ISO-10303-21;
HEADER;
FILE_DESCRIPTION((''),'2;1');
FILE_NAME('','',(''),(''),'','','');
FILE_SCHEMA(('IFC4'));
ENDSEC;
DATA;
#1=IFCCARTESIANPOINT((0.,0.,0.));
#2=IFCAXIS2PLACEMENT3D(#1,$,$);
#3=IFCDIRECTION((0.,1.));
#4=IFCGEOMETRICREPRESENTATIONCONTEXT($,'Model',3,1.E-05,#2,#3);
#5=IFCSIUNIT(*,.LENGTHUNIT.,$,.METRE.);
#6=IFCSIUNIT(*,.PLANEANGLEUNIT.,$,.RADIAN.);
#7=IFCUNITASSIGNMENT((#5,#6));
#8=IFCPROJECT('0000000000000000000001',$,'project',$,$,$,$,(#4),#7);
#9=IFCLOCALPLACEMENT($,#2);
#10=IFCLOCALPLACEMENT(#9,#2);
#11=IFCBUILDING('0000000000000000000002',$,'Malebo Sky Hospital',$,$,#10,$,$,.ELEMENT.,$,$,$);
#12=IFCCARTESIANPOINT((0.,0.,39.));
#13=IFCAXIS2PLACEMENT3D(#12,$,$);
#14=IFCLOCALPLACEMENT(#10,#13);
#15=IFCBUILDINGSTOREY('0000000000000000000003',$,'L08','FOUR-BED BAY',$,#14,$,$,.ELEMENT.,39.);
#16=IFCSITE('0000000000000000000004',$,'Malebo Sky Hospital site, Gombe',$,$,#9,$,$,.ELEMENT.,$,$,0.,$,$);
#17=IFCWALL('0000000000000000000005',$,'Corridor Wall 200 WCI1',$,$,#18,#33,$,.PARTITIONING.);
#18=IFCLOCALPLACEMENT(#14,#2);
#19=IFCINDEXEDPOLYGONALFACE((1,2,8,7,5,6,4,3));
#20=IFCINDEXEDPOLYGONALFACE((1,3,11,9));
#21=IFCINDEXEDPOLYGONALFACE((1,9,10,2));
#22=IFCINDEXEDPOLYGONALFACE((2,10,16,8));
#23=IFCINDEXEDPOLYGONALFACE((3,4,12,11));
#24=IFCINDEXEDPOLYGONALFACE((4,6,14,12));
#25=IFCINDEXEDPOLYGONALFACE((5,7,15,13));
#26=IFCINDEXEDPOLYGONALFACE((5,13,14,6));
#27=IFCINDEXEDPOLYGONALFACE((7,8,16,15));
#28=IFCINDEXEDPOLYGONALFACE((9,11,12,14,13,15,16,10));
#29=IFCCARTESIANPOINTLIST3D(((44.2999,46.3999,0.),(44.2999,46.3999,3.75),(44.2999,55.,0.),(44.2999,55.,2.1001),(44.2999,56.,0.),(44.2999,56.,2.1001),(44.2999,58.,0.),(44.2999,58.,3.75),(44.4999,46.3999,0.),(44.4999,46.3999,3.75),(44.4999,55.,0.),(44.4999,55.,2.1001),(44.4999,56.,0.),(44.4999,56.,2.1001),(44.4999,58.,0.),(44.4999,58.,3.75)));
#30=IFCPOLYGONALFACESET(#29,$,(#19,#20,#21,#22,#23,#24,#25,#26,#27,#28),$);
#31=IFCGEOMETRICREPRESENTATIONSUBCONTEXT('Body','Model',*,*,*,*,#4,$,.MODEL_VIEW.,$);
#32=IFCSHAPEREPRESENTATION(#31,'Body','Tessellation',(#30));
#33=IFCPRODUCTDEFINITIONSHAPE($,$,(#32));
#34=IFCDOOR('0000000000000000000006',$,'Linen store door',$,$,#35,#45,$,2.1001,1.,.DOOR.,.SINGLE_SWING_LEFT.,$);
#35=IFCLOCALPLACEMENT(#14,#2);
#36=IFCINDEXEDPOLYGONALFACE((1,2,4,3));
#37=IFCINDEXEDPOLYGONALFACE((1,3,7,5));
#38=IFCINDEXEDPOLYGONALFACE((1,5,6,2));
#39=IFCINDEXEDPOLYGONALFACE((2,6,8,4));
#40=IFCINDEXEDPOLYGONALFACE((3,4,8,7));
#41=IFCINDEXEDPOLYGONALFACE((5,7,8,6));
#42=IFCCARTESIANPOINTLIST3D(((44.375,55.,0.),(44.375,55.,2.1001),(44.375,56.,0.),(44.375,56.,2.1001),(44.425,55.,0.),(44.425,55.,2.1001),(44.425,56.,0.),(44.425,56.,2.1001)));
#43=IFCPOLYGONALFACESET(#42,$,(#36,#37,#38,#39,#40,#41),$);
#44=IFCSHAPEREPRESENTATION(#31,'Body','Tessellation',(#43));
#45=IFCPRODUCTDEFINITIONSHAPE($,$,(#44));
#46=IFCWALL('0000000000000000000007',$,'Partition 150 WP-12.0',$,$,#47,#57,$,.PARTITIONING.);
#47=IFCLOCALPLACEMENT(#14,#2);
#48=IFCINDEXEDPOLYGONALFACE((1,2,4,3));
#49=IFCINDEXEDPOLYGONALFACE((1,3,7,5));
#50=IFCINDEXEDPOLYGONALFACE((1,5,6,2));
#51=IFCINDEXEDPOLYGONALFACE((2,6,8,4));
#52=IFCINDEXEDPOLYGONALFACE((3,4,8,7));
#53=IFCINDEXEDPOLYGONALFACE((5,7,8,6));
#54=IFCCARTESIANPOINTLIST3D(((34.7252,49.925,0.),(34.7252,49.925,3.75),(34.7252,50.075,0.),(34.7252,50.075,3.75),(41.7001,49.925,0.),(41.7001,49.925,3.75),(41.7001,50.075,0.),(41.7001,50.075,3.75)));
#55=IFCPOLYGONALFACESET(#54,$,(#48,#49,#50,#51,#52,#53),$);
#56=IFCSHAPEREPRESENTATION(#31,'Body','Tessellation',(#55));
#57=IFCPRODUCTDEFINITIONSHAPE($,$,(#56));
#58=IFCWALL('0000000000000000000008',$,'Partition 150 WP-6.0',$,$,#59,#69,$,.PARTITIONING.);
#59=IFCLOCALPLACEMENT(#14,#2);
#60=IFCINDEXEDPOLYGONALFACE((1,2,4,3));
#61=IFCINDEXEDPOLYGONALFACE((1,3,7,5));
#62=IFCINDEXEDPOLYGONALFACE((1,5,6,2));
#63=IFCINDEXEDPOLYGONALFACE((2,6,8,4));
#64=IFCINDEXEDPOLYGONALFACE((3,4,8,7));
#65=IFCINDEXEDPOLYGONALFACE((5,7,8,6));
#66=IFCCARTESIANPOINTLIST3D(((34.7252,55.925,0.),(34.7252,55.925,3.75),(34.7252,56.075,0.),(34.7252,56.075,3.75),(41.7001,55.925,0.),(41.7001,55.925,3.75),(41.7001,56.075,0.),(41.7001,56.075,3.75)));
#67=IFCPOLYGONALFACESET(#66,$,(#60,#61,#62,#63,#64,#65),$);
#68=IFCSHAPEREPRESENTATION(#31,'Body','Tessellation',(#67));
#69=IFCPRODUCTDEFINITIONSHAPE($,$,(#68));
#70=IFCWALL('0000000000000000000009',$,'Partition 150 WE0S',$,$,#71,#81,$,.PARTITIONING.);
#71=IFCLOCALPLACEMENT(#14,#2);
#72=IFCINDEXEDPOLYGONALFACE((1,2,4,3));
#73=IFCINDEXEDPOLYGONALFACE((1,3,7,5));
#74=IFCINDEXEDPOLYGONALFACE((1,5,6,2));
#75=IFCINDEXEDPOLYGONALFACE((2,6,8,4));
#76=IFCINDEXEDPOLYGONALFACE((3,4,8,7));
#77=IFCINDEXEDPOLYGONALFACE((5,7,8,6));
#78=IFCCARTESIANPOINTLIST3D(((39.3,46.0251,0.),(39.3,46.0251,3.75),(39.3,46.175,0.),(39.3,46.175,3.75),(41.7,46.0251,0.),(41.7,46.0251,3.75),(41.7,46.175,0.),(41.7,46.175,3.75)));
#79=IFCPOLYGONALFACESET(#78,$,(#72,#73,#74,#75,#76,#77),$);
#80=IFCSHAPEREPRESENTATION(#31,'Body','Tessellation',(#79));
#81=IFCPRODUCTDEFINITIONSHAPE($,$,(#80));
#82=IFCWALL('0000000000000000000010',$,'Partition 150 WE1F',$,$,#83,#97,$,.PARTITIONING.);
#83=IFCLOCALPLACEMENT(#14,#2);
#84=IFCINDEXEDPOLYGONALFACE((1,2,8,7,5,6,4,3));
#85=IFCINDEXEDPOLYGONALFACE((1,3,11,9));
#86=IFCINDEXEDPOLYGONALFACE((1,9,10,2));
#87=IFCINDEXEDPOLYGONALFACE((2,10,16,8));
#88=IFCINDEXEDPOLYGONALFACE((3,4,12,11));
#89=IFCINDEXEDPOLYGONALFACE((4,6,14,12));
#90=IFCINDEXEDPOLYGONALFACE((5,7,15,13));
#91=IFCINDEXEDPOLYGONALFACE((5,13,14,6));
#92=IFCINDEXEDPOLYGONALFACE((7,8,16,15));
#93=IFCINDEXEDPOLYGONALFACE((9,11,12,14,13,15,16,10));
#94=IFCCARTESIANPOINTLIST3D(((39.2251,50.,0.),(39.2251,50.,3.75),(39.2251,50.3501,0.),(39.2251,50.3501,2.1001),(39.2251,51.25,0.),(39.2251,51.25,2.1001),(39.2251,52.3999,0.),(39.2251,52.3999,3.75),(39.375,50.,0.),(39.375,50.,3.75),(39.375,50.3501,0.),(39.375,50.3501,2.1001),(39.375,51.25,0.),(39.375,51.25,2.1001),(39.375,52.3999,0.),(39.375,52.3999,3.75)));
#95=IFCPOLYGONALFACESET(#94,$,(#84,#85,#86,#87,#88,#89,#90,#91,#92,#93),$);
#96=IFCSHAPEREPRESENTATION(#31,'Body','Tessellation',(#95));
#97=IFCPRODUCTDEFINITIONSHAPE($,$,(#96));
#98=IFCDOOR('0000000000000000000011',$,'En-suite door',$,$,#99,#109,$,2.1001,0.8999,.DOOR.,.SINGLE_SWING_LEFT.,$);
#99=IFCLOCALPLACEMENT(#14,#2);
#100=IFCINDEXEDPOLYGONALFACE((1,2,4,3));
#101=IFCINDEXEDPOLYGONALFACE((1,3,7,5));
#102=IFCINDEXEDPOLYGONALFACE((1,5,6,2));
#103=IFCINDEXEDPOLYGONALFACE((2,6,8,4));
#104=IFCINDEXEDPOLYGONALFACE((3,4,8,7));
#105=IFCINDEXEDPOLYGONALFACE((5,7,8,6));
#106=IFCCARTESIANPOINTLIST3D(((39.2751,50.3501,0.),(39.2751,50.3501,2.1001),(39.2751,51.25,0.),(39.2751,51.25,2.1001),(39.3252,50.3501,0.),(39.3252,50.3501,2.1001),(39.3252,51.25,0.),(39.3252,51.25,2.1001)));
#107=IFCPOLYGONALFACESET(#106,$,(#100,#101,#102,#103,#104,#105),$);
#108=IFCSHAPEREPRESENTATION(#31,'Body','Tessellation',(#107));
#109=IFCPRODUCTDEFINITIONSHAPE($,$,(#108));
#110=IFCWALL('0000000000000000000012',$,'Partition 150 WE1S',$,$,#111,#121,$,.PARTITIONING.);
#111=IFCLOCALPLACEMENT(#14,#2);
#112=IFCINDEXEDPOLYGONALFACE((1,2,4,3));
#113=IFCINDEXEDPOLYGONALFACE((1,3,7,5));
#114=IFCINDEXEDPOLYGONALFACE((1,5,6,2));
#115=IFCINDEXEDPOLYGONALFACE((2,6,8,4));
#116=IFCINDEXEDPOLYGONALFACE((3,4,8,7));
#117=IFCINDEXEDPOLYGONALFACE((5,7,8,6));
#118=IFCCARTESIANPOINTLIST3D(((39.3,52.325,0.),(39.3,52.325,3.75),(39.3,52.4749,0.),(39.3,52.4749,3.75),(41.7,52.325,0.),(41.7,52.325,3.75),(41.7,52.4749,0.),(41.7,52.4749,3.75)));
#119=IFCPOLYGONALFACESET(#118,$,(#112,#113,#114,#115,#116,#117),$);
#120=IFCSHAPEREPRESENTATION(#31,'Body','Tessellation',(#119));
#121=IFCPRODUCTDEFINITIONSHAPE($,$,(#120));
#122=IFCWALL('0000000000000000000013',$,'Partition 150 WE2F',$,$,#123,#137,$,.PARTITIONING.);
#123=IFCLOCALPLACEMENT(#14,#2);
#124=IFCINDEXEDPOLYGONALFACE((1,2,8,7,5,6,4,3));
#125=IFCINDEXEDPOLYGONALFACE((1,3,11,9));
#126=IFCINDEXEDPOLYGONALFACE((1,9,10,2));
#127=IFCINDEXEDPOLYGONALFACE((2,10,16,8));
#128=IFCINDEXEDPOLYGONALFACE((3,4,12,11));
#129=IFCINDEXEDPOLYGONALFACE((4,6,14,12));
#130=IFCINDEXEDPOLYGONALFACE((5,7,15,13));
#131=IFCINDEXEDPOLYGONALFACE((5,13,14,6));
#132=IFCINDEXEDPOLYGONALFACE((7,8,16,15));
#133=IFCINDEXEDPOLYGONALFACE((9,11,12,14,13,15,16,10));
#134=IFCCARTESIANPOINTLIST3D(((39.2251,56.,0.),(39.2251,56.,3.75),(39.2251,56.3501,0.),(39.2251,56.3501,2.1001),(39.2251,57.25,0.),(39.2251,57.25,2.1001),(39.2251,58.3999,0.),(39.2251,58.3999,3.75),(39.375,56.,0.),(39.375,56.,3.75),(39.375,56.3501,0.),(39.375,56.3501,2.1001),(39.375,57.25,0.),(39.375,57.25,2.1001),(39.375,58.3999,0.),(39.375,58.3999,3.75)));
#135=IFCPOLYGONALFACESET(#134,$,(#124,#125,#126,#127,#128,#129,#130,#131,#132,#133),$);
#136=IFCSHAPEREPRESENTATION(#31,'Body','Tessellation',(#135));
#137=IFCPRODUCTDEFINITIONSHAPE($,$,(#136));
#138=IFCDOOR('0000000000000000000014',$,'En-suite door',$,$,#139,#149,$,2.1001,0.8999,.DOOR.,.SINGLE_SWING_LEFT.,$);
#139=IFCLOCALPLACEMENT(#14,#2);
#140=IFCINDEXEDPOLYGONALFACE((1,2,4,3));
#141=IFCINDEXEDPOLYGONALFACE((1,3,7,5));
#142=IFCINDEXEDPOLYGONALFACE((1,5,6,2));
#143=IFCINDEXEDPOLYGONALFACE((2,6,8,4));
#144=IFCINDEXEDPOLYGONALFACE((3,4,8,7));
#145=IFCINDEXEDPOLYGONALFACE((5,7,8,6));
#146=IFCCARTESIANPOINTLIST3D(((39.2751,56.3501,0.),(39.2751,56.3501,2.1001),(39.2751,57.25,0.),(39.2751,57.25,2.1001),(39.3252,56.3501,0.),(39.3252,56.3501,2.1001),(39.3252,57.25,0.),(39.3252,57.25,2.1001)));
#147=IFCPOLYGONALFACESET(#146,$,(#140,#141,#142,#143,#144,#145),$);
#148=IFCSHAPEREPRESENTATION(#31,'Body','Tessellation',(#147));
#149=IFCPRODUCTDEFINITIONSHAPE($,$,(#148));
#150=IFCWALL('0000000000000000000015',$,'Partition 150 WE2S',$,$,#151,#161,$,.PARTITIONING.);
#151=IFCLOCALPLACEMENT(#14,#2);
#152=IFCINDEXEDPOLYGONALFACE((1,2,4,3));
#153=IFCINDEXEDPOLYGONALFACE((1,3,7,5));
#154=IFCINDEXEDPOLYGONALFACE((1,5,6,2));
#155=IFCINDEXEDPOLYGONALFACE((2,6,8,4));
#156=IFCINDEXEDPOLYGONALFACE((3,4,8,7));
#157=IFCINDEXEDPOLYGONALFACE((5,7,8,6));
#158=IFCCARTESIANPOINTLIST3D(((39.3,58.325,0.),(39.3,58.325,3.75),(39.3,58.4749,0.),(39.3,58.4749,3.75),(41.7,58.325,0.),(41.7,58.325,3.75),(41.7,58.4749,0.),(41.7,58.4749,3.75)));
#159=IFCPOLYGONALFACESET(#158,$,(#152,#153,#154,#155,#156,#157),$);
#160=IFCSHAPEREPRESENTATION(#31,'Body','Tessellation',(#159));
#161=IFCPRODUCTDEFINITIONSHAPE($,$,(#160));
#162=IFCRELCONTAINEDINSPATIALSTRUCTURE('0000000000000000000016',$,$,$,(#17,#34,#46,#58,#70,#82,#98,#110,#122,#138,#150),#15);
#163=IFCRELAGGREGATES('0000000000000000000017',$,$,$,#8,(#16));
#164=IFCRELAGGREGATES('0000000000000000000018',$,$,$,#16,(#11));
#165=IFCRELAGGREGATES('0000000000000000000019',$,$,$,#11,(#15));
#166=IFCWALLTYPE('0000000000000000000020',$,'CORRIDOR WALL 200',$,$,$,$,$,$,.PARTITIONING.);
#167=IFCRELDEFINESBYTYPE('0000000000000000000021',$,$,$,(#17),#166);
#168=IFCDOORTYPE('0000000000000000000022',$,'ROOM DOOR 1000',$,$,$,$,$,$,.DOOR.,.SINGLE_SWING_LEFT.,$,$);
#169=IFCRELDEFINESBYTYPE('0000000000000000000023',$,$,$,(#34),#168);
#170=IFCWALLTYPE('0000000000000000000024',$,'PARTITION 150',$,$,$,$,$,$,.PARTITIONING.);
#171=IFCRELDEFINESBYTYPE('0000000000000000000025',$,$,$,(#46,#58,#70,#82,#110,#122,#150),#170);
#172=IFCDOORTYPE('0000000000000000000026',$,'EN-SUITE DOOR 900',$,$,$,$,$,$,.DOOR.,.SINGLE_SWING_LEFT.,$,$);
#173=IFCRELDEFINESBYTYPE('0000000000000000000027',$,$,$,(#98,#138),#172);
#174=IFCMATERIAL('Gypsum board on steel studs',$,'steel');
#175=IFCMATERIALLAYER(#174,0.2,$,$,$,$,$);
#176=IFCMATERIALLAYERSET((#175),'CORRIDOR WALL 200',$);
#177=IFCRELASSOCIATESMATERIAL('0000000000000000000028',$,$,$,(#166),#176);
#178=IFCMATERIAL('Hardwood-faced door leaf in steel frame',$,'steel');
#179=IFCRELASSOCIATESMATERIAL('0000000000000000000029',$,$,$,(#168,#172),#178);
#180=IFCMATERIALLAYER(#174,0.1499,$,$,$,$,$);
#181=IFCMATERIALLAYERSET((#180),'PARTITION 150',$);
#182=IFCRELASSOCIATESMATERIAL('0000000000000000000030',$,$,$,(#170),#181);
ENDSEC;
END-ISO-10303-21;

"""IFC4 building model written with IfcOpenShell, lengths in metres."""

from ifc_helpers import new_model, si_unit, direction, frame, frame_2d, origin, place, context, subcontext, project, spatial, rectangle, extrude, material, layer, layer_set, type_object, element, fill, save


model = new_model("IFC4")

# Units and contexts
model_context = context("Model", 3, precision=1e-05, world=origin(), true_north=direction((0.0, 1.0)))
body_context = subcontext(model_context, "Body", "Model", "MODEL_VIEW")
ifc_project = project(units=[si_unit("LENGTHUNIT", "METRE"), si_unit("PLANEANGLEUNIT", "RADIAN")], contexts=[model_context])

# Site, building, storey
site_placement = place(None, origin())
site = spatial("IfcSite", under=ifc_project, at=site_placement, Name="Malebo Sky Hospital site, Gombe", CompositionType="ELEMENT", RefElevation=0.0)
building_placement = place(site_placement, origin())
building = spatial("IfcBuilding", under=site, at=building_placement, Name="Malebo Sky Hospital", CompositionType="ELEMENT")
storey_placement = place(building_placement, frame((0.0, 0.0, 39.0)))
storey = spatial("IfcBuildingStorey", under=building, at=storey_placement, Name="L08", Description="FOUR-BED BAY", CompositionType="ELEMENT", Elevation=39.0)

# Wall, opening, door
ifc_material_1 = material(Name="Gypsum board on steel studs", Category="steel")
ifc_layer_1 = layer(ifc_material_1, 0.2)
ifc_layer_set_1 = layer_set([ifc_layer_1], Name="CORRIDOR WALL 200")
wall_type_1 = type_object("IfcWallType", Name="CORRIDOR WALL 200", PredefinedType="PARTITIONING", material=ifc_layer_set_1)
wall_1_placement = place(storey_placement, frame((44.3999, 46.3999, 0.0), z_axis=(0.0, 0.0, 1.0), x_axis=(0.0, 1.0, 0.0)))
wall_1 = element("IfcWall", 1, at=wall_1_placement, inside=storey, type_object=wall_type_1, Name="Corridor Wall 200 WCI1", PredefinedType="PARTITIONING", context=body_context, shape_type="SweptSolid", body=[
    extrude(rectangle(XDim=11.6001, YDim=0.2, at=frame_2d((5.8, 0.0))), origin(), (0.0, 0.0, 1.0), 3.75),
])
opening_1_placement = place(wall_1_placement, frame((8.6001, 0.0, 0.0)))
opening_1 = element("IfcOpeningElement", 2, at=opening_1_placement, cuts=wall_1, PredefinedType="OPENING", context=body_context, shape_type="SweptSolid", body=[
    extrude(rectangle(XDim=1.0, YDim=2.1001, at=frame_2d((0.5, 1.05))), frame((0.0, 0.1099, 0.0), z_axis=(0.0, -1.0, 0.0), x_axis=(1.0, 0.0, 0.0)), (0.0, 0.0, 1.0), 0.22),
])
ifc_material_2 = material(Name="Hardwood-faced door leaf in steel frame", Category="steel")
door_type_1 = type_object("IfcDoorType", Name="ROOM DOOR 1000", OperationType="SINGLE_SWING_LEFT", PredefinedType="DOOR", material=ifc_material_2)
door_1_placement = place(opening_1_placement, origin())
door_1 = element("IfcDoor", 3, at=door_1_placement, inside=storey, type_object=door_type_1, Name="Linen store door", OperationType="SINGLE_SWING_LEFT", OverallHeight=2.1001, OverallWidth=1.0, PredefinedType="DOOR", context=body_context, shape_type="SweptSolid", body=[
    extrude(rectangle(XDim=1.0, YDim=2.1001, at=frame_2d((0.5, 1.05))), frame((0.0, 0.0249, 0.0), z_axis=(0.0, -1.0, 0.0), x_axis=(1.0, 0.0, 0.0)), (0.0, 0.0, 1.0), 0.05),
])
fill(opening_1, door_1)

# Walls
ifc_layer_2 = layer(ifc_material_1, 0.1499)
ifc_layer_set_2 = layer_set([ifc_layer_2], Name="PARTITION 150")
wall_type_2 = type_object("IfcWallType", Name="PARTITION 150", PredefinedType="PARTITIONING", material=ifc_layer_set_2)
for number, where, z_axis, x_axis, name in (
    (4, (41.7, 50.0, 0.0), (0.0, 0.0, 1.0), (-1.0, 0.0, 0.0), "Partition 150 WP-12.0"),
    (5, (41.7, 56.0, 0.0), (0.0, 0.0, 1.0), (-1.0, 0.0, 0.0), "Partition 150 WP-6.0"),
):
    element("IfcWall", number, at=place(storey_placement, frame(where, z_axis=z_axis, x_axis=x_axis)), inside=storey, type_object=wall_type_2, Name=name, PredefinedType="PARTITIONING", context=body_context, shape_type="SweptSolid", body=[
        extrude(rectangle(XDim=6.9749, YDim=0.1499, at=frame_2d((3.4873, 0.0))), origin(), (0.0, 0.0, 1.0), 3.75),
    ])
wall_2_placement = place(storey_placement, frame((41.7, 46.1001, 0.0), z_axis=(0.0, 0.0, 1.0), x_axis=(-1.0, 0.0, 0.0)))
element("IfcWall", 6, at=wall_2_placement, inside=storey, type_object=wall_type_2, Name="Partition 150 WE0S", PredefinedType="PARTITIONING", context=body_context, shape_type="SweptSolid", body=[
    extrude(rectangle(XDim=2.3999, YDim=0.1499, at=frame_2d((1.2, 0.0))), origin(), (0.0, 0.0, 1.0), 3.75),
])

# Wall, opening, door
wall_3_placement = place(storey_placement, frame((39.3, 50.0, 0.0), z_axis=(0.0, 0.0, 1.0), x_axis=(0.0, 1.0, 0.0)))
wall_3 = element("IfcWall", 7, at=wall_3_placement, inside=storey, type_object=wall_type_2, Name="Partition 150 WE1F", PredefinedType="PARTITIONING", context=body_context, shape_type="SweptSolid", body=[
    extrude(rectangle(XDim=2.3999, YDim=0.1499, at=frame_2d((1.2, 0.0))), origin(), (0.0, 0.0, 1.0), 3.75),
])
opening_2_placement = place(wall_3_placement, frame((0.3501, 0.0, 0.0)))
opening_2 = element("IfcOpeningElement", 8, at=opening_2_placement, cuts=wall_3, PredefinedType="OPENING", context=body_context, shape_type="SweptSolid", body=[
    extrude(rectangle(XDim=0.8999, YDim=2.1001, at=frame_2d((0.45, 1.05))), frame((0.0, 0.085, 0.0), z_axis=(0.0, -1.0, 0.0), x_axis=(1.0, 0.0, 0.0)), (0.0, 0.0, 1.0), 0.1699),
])
door_type_2 = type_object("IfcDoorType", Name="EN-SUITE DOOR 900", OperationType="SINGLE_SWING_LEFT", PredefinedType="DOOR", material=ifc_material_2)
door_2_placement = place(opening_2_placement, origin())
door_2 = element("IfcDoor", 9, at=door_2_placement, inside=storey, type_object=door_type_2, Name="En-suite door", OperationType="SINGLE_SWING_LEFT", OverallHeight=2.1001, OverallWidth=0.8999, PredefinedType="DOOR", context=body_context, shape_type="SweptSolid", body=[
    extrude(rectangle(XDim=0.8999, YDim=2.1001, at=frame_2d((0.45, 1.05))), frame((0.0, 0.0249, 0.0), z_axis=(0.0, -1.0, 0.0), x_axis=(1.0, 0.0, 0.0)), (0.0, 0.0, 1.0), 0.05),
])
fill(opening_2, door_2)

# Wall
wall_4_placement = place(storey_placement, frame((41.7, 52.3999, 0.0), z_axis=(0.0, 0.0, 1.0), x_axis=(-1.0, 0.0, 0.0)))
element("IfcWall", 10, at=wall_4_placement, inside=storey, type_object=wall_type_2, Name="Partition 150 WE1S", PredefinedType="PARTITIONING", context=body_context, shape_type="SweptSolid", body=[
    extrude(rectangle(XDim=2.3999, YDim=0.1499, at=frame_2d((1.2, 0.0))), origin(), (0.0, 0.0, 1.0), 3.75),
])

# Wall, opening, door
wall_5_placement = place(storey_placement, frame((39.3, 56.0, 0.0), z_axis=(0.0, 0.0, 1.0), x_axis=(0.0, 1.0, 0.0)))
wall_5 = element("IfcWall", 11, at=wall_5_placement, inside=storey, type_object=wall_type_2, Name="Partition 150 WE2F", PredefinedType="PARTITIONING", context=body_context, shape_type="SweptSolid", body=[
    extrude(rectangle(XDim=2.3999, YDim=0.1499, at=frame_2d((1.2, 0.0))), origin(), (0.0, 0.0, 1.0), 3.75),
])
opening_3_placement = place(wall_5_placement, frame((0.3501, 0.0, 0.0)))
opening_3 = element("IfcOpeningElement", 12, at=opening_3_placement, cuts=wall_5, PredefinedType="OPENING", context=body_context, shape_type="SweptSolid", body=[
    extrude(rectangle(XDim=0.8999, YDim=2.1001, at=frame_2d((0.45, 1.05))), frame((0.0, 0.085, 0.0), z_axis=(0.0, -1.0, 0.0), x_axis=(1.0, 0.0, 0.0)), (0.0, 0.0, 1.0), 0.1699),
])
door_3_placement = place(opening_3_placement, origin())
door_3 = element("IfcDoor", 13, at=door_3_placement, inside=storey, type_object=door_type_2, Name="En-suite door", OperationType="SINGLE_SWING_LEFT", OverallHeight=2.1001, OverallWidth=0.8999, PredefinedType="DOOR", context=body_context, shape_type="SweptSolid", body=[
    extrude(rectangle(XDim=0.8999, YDim=2.1001, at=frame_2d((0.45, 1.05))), frame((0.0, 0.0249, 0.0), z_axis=(0.0, -1.0, 0.0), x_axis=(1.0, 0.0, 0.0)), (0.0, 0.0, 1.0), 0.05),
])
fill(opening_3, door_3)

# Wall
wall_6_placement = place(storey_placement, frame((41.7, 58.3999, 0.0), z_axis=(0.0, 0.0, 1.0), x_axis=(-1.0, 0.0, 0.0)))
element("IfcWall", 14, at=wall_6_placement, inside=storey, type_object=wall_type_2, Name="Partition 150 WE2S", PredefinedType="PARTITIONING", context=body_context, shape_type="SweptSolid", body=[
    extrude(rectangle(XDim=2.3999, YDim=0.1499, at=frame_2d((1.2, 0.0))), origin(), (0.0, 0.0, 1.0), 3.75),
])

save(model, "model.ifc")
